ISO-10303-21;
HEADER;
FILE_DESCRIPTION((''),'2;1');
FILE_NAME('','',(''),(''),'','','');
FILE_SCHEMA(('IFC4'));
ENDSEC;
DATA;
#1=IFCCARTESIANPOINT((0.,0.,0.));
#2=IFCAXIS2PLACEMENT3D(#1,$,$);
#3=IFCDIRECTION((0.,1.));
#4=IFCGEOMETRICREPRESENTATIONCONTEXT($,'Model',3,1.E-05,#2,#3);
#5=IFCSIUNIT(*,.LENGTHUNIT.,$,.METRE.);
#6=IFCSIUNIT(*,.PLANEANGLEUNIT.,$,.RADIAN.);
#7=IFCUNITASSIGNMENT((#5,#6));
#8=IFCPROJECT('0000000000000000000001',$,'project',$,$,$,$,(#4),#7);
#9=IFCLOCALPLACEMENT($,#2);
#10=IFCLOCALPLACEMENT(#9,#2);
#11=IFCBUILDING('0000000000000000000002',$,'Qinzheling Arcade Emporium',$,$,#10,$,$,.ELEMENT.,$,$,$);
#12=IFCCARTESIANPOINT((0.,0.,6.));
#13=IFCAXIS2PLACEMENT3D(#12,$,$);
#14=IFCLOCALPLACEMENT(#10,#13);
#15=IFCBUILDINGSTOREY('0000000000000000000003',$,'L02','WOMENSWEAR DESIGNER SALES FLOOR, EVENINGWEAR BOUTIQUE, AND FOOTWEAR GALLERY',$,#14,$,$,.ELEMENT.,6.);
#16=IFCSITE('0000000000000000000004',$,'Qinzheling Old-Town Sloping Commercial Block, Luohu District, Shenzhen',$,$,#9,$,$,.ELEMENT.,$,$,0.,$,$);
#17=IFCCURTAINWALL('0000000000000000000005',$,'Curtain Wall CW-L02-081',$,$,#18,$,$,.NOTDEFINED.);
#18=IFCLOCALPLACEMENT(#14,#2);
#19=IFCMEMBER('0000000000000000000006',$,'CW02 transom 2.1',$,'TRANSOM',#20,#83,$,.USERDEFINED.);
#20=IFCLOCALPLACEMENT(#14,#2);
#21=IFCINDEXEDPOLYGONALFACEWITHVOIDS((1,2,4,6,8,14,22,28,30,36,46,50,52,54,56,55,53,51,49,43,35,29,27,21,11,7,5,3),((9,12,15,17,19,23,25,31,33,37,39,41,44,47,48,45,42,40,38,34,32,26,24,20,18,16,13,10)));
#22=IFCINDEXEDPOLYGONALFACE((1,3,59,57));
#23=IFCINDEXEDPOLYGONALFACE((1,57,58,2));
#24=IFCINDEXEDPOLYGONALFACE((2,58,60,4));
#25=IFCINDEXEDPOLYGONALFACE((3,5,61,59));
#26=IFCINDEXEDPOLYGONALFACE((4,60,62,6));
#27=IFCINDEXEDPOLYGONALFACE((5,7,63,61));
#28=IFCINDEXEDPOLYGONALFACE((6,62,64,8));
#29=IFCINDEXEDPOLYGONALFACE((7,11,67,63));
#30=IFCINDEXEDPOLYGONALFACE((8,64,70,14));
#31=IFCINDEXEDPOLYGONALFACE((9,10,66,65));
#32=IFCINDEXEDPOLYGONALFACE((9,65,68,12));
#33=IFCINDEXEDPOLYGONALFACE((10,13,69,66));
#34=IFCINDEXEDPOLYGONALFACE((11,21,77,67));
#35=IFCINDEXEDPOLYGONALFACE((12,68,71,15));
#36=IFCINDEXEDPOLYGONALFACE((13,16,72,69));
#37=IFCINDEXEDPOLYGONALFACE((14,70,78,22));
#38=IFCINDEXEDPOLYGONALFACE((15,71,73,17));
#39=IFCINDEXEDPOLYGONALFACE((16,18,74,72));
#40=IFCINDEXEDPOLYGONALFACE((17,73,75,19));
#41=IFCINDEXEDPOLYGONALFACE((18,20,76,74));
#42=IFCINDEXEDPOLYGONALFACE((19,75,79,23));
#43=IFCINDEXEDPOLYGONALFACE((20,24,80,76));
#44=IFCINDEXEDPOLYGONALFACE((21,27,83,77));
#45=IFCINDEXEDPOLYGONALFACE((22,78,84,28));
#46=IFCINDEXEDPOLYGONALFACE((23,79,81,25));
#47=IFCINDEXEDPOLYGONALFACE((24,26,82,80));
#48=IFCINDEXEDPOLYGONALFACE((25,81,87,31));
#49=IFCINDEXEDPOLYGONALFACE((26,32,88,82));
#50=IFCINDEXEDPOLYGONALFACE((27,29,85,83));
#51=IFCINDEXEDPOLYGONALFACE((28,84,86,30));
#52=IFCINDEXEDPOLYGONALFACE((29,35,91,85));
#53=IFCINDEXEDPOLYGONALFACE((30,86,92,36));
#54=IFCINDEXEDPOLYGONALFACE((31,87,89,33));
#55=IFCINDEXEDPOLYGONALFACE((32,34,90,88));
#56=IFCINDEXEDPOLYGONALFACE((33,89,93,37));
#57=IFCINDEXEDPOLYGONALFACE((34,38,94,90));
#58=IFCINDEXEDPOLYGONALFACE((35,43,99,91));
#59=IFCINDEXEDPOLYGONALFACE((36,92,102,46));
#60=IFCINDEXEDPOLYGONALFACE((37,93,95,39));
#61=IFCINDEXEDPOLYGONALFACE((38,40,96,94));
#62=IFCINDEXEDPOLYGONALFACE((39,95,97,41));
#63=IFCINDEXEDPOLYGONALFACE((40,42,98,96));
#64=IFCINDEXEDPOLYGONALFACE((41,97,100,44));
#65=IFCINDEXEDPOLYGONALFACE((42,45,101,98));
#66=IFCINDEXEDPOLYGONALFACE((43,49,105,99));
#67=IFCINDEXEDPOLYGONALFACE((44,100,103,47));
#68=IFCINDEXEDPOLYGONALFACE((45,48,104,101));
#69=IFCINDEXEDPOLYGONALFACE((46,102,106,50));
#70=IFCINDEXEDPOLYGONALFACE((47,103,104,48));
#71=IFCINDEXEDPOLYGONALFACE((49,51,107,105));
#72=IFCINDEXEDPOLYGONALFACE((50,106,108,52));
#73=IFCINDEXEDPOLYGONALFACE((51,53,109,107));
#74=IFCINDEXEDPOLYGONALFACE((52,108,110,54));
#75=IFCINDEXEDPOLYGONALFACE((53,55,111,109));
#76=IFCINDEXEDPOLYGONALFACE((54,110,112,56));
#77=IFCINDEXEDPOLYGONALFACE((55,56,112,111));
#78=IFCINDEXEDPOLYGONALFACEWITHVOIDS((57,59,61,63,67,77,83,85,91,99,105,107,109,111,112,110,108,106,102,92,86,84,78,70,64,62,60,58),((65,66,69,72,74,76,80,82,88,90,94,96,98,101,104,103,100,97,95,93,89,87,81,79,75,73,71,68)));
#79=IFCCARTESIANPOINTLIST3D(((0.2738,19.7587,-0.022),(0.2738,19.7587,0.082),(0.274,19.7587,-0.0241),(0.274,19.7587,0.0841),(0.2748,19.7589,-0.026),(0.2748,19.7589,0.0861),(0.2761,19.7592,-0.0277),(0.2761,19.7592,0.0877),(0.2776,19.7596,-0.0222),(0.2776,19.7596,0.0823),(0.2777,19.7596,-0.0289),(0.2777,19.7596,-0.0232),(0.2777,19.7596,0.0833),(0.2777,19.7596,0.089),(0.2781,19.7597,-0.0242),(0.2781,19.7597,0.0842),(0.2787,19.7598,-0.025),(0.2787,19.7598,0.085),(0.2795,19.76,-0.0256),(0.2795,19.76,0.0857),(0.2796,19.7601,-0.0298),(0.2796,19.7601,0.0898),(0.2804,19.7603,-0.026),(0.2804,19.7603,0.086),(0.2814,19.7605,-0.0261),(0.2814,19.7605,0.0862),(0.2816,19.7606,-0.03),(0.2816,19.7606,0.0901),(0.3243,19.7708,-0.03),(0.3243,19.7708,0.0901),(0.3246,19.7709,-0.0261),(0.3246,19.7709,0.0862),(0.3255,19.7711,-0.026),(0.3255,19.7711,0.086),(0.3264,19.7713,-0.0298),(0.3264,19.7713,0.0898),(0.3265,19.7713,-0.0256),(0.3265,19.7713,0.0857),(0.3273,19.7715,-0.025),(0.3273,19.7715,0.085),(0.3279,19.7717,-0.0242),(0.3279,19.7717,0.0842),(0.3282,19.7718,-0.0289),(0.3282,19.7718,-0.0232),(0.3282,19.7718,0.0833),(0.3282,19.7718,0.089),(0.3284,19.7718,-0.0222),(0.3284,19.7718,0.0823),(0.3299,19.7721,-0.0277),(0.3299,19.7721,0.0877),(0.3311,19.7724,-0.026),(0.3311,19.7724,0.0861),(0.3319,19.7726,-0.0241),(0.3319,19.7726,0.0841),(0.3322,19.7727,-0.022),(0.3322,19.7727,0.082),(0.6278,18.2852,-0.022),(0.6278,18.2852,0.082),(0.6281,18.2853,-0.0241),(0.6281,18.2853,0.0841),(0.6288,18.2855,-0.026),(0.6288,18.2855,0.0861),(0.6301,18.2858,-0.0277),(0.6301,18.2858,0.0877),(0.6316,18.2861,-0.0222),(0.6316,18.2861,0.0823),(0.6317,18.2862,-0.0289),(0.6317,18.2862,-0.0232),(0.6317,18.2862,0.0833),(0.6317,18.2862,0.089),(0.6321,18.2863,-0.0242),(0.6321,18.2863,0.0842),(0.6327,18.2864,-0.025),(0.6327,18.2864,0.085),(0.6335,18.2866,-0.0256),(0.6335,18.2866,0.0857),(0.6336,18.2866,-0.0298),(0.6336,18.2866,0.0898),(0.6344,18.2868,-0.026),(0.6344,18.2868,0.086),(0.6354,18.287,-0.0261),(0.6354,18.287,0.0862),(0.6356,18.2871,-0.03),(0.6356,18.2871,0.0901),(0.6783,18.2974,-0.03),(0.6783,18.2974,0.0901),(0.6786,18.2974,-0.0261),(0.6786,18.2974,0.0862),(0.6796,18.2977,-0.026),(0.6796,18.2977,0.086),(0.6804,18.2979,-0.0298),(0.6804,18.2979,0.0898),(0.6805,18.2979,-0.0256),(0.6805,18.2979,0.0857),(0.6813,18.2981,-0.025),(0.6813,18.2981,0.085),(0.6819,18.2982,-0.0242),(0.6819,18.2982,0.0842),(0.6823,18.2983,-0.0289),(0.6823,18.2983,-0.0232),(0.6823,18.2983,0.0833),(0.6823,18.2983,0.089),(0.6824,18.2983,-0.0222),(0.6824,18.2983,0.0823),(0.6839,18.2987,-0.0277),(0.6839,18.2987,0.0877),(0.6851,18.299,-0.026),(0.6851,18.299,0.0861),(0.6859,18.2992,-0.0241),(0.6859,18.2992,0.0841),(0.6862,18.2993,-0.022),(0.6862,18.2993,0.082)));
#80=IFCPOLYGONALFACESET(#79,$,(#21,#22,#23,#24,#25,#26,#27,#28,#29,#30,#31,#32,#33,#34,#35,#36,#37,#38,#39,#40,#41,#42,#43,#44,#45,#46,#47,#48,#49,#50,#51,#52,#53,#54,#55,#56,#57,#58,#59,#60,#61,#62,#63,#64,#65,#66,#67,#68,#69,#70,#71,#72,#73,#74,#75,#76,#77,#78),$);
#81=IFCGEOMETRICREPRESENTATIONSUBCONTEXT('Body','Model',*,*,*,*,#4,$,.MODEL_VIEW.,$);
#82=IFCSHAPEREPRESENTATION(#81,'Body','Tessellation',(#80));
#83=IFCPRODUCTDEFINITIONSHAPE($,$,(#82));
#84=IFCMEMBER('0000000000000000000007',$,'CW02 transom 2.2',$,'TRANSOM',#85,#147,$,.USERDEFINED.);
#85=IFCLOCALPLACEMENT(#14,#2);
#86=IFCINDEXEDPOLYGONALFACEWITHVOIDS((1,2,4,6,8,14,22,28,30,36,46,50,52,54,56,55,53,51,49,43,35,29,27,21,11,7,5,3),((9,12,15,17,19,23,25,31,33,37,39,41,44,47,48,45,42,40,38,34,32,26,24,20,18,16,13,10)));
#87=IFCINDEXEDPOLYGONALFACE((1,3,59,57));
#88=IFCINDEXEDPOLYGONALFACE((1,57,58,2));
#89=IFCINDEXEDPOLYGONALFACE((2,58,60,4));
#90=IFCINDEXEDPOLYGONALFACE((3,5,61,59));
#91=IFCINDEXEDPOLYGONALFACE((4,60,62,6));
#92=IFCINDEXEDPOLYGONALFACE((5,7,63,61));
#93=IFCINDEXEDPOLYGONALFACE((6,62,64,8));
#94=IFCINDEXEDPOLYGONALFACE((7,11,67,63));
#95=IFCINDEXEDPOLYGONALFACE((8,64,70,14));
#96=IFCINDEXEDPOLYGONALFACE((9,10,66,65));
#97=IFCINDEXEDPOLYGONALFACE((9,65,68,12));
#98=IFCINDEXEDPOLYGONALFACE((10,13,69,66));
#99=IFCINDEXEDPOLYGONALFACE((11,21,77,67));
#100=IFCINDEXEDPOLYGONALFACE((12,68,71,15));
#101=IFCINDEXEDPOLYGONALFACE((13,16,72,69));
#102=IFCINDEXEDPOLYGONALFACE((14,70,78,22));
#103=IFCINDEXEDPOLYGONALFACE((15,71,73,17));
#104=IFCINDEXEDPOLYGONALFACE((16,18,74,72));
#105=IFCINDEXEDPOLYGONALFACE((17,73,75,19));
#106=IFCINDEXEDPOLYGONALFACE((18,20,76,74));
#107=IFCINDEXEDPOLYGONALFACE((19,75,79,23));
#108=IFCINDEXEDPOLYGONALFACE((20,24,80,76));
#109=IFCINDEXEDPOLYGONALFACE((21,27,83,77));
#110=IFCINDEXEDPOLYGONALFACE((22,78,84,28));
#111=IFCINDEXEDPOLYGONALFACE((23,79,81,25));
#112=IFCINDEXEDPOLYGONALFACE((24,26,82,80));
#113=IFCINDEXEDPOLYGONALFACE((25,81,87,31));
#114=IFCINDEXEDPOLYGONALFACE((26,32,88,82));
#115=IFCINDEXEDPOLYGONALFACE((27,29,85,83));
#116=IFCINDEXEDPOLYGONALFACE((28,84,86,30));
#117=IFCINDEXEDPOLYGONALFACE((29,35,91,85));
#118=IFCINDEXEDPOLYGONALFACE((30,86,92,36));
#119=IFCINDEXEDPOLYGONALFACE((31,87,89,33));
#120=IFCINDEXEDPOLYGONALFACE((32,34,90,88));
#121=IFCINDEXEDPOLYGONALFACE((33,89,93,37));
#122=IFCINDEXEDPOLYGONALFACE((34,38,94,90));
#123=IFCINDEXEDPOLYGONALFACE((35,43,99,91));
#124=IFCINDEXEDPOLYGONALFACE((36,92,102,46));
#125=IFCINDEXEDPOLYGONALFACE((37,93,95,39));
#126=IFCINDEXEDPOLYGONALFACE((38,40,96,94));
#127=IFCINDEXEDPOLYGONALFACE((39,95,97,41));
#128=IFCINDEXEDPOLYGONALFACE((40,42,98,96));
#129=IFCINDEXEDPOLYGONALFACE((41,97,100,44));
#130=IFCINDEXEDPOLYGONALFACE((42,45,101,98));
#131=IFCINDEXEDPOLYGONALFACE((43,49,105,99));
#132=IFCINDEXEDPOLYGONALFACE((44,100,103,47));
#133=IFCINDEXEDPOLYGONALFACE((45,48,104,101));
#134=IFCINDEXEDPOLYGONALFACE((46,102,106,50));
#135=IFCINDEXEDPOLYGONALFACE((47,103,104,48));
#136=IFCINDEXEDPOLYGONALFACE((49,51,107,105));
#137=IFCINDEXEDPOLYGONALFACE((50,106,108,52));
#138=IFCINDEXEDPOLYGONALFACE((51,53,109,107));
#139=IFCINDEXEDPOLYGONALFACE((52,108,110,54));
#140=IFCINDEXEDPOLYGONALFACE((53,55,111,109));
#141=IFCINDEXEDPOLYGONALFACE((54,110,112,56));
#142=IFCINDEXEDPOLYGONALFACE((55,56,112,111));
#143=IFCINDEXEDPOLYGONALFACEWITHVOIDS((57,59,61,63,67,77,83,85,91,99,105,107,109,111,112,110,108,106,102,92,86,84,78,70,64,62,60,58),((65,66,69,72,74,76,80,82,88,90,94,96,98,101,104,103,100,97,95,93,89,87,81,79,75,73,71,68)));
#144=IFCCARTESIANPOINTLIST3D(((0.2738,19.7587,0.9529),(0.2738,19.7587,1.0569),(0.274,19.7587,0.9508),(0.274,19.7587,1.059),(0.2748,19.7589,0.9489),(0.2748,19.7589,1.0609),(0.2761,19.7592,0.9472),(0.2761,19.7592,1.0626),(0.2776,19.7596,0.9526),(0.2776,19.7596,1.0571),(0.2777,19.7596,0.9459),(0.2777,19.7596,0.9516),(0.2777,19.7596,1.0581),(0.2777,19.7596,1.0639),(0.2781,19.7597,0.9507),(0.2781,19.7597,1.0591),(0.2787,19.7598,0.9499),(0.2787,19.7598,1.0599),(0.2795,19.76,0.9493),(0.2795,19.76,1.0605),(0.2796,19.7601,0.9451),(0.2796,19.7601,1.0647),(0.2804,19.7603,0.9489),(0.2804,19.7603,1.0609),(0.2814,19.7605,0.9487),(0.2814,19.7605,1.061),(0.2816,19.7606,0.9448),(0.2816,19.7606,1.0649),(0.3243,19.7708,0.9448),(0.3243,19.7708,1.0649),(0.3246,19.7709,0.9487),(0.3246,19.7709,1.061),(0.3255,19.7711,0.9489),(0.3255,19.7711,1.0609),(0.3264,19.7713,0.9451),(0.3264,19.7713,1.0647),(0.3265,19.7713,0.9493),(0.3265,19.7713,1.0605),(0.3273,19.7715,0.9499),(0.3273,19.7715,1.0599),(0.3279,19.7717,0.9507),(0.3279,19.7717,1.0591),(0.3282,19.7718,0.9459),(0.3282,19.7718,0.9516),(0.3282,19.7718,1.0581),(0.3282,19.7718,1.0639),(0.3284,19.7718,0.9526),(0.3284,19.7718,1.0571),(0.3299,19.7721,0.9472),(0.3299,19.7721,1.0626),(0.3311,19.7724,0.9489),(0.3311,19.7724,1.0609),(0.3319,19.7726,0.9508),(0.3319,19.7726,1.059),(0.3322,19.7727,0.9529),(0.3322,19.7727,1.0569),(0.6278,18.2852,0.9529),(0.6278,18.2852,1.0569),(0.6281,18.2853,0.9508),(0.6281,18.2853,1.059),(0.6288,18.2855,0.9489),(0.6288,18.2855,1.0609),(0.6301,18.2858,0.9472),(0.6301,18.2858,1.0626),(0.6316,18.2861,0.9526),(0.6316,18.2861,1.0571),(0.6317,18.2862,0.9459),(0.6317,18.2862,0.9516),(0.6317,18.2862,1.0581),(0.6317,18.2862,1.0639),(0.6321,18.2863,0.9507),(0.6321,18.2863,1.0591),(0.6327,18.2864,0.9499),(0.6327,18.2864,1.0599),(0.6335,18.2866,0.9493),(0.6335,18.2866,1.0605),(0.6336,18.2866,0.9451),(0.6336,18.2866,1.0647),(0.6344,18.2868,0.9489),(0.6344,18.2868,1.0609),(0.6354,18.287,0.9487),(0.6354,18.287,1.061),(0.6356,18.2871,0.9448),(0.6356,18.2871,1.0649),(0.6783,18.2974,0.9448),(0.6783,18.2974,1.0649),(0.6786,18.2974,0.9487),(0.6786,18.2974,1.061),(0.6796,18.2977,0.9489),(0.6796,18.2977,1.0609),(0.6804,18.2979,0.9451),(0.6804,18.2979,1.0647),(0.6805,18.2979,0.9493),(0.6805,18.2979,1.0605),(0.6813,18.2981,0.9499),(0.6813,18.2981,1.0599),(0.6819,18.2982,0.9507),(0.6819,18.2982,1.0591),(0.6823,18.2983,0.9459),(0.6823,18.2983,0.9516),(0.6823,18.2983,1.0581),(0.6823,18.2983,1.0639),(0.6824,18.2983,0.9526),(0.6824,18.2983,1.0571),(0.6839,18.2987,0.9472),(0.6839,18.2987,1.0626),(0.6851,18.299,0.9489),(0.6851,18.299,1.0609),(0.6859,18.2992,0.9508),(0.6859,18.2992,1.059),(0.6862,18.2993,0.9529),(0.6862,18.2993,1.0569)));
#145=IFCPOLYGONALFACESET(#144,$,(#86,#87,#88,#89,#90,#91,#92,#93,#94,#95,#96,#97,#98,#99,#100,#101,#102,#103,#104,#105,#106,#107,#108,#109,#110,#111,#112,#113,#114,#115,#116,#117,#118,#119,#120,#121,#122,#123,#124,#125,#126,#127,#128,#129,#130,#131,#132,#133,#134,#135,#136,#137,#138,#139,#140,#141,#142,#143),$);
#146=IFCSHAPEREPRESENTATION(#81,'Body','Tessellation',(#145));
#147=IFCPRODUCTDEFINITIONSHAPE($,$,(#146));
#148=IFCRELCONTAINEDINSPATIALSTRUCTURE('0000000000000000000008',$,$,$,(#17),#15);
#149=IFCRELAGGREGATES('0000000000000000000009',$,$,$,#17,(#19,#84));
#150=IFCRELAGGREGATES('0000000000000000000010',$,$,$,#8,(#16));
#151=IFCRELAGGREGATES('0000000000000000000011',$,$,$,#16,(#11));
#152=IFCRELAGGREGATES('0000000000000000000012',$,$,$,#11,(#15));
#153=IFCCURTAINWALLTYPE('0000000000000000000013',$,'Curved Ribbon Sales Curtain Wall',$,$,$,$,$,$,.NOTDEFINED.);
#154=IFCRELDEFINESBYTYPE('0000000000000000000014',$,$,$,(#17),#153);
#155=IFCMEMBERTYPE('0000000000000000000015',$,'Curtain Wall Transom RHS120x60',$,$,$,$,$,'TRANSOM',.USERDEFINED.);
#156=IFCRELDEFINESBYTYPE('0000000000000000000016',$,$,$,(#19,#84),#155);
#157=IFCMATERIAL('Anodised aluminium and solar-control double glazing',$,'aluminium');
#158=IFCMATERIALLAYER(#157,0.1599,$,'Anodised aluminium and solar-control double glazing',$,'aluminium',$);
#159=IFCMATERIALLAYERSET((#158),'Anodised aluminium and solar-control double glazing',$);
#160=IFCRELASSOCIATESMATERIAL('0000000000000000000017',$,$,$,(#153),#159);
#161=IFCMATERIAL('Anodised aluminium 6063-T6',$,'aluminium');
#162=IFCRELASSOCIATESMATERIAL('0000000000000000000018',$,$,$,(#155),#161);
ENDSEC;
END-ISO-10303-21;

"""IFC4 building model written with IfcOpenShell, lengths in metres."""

from ifc_helpers import new_model, si_unit, direction, frame, origin, origin_2d, place, context, subcontext, project, spatial, hollow_rectangle, extrude, material, layer, layer_set, material_profile, profile_set, type_object, element, aggregate, save


model = new_model("IFC4")

# Units and contexts
model_context = context("Model", 3, precision=1e-05, world=origin(), true_north=direction((0.0, 1.0)))
body_context = subcontext(model_context, "Body", "Model", "MODEL_VIEW")
ifc_project = project(units=[si_unit("LENGTHUNIT", "METRE"), si_unit("PLANEANGLEUNIT", "RADIAN")], contexts=[model_context])

# Site, building, storey
site_placement = place(None, origin())
site = spatial("IfcSite", under=ifc_project, at=site_placement, Name="Qinzheling Old-Town Sloping Commercial Block, Luohu District, Shenzhen", CompositionType="ELEMENT", RefElevation=0.0)
building_placement = place(site_placement, origin())
building = spatial("IfcBuilding", under=site, at=building_placement, Name="Qinzheling Arcade Emporium", CompositionType="ELEMENT")
storey_placement = place(building_placement, frame((0.0, 0.0, 6.0)))
storey = spatial("IfcBuildingStorey", under=building, at=storey_placement, Name="L02", Description="WOMENSWEAR DESIGNER SALES FLOOR, EVENINGWEAR BOUTIQUE, AND FOOTWEAR GALLERY", CompositionType="ELEMENT", Elevation=6.0)

# Curtain wall, members
ifc_material_1 = material(Name="Anodised aluminium and solar-control double glazing", Category="aluminium")
ifc_layer_1 = layer(ifc_material_1, 0.1599, Name="Anodised aluminium and solar-control double glazing", Category="aluminium")
ifc_layer_set_1 = layer_set([ifc_layer_1], Name="Anodised aluminium and solar-control double glazing")
curtain_wall_type = type_object("IfcCurtainWallType", Name="Curved Ribbon Sales Curtain Wall", PredefinedType="NOTDEFINED", material=ifc_layer_set_1)
curtain_wall_placement = place(storey_placement, origin())
curtain_wall = element("IfcCurtainWall", 1, at=curtain_wall_placement, inside=storey, type_object=curtain_wall_type, Name="Curtain Wall CW-L02-081", PredefinedType="NOTDEFINED")
ifc_material_2 = material(Name="Anodised aluminium 6063-T6", Category="aluminium")
ifc_material_profile_1 = material_profile(ifc_material_2, hollow_rectangle(XDim=0.0601, YDim=0.1201, WallThickness=0.0039, InnerFilletRadius=0.0039, OuterFilletRadius=0.0081, at=origin_2d()), Name="RHS 120x60x4", Category="aluminium")
ifc_profile_set_1 = profile_set([ifc_material_profile_1], Name="Anodised aluminium 6063-T6")
member_type_1 = type_object("IfcMemberType", Name="Curtain Wall Transom RHS120x60", ElementType="TRANSOM", PredefinedType="USERDEFINED", material=ifc_profile_set_1)
member_1_placement = place(storey_placement, frame((0.657, 18.2922, 0.03), z_axis=(-0.233617, 0.972329, 0.0), x_axis=(-0.972329, -0.233617, 0.0)))
member_1 = element("IfcMember", 2, at=member_1_placement, type_object=member_type_1, Name="CW02 transom 2.1", ObjectType="TRANSOM", PredefinedType="USERDEFINED", context=body_context, shape_type="SweptSolid", body=[
    extrude(hollow_rectangle(XDim=0.0601, YDim=0.1201, WallThickness=0.0039, InnerFilletRadius=0.0039, OuterFilletRadius=0.0081, at=origin_2d()), origin(), (0.0, 0.0, 1.0), 1.5154),
])
member_2_placement = place(storey_placement, frame((0.657, 18.2922, 1.0049), z_axis=(-0.233617, 0.972329, 0.0), x_axis=(-0.972329, -0.233617, 0.0)))
member_2 = element("IfcMember", 3, at=member_2_placement, type_object=member_type_1, Name="CW02 transom 2.2", ObjectType="TRANSOM", PredefinedType="USERDEFINED", context=body_context, shape_type="SweptSolid", body=[
    extrude(hollow_rectangle(XDim=0.0601, YDim=0.1201, WallThickness=0.0039, InnerFilletRadius=0.0039, OuterFilletRadius=0.0081, at=origin_2d()), origin(), (0.0, 0.0, 1.0), 1.5154),
])

aggregate(curtain_wall, [member_1, member_2])

save(model, "model.ifc")
